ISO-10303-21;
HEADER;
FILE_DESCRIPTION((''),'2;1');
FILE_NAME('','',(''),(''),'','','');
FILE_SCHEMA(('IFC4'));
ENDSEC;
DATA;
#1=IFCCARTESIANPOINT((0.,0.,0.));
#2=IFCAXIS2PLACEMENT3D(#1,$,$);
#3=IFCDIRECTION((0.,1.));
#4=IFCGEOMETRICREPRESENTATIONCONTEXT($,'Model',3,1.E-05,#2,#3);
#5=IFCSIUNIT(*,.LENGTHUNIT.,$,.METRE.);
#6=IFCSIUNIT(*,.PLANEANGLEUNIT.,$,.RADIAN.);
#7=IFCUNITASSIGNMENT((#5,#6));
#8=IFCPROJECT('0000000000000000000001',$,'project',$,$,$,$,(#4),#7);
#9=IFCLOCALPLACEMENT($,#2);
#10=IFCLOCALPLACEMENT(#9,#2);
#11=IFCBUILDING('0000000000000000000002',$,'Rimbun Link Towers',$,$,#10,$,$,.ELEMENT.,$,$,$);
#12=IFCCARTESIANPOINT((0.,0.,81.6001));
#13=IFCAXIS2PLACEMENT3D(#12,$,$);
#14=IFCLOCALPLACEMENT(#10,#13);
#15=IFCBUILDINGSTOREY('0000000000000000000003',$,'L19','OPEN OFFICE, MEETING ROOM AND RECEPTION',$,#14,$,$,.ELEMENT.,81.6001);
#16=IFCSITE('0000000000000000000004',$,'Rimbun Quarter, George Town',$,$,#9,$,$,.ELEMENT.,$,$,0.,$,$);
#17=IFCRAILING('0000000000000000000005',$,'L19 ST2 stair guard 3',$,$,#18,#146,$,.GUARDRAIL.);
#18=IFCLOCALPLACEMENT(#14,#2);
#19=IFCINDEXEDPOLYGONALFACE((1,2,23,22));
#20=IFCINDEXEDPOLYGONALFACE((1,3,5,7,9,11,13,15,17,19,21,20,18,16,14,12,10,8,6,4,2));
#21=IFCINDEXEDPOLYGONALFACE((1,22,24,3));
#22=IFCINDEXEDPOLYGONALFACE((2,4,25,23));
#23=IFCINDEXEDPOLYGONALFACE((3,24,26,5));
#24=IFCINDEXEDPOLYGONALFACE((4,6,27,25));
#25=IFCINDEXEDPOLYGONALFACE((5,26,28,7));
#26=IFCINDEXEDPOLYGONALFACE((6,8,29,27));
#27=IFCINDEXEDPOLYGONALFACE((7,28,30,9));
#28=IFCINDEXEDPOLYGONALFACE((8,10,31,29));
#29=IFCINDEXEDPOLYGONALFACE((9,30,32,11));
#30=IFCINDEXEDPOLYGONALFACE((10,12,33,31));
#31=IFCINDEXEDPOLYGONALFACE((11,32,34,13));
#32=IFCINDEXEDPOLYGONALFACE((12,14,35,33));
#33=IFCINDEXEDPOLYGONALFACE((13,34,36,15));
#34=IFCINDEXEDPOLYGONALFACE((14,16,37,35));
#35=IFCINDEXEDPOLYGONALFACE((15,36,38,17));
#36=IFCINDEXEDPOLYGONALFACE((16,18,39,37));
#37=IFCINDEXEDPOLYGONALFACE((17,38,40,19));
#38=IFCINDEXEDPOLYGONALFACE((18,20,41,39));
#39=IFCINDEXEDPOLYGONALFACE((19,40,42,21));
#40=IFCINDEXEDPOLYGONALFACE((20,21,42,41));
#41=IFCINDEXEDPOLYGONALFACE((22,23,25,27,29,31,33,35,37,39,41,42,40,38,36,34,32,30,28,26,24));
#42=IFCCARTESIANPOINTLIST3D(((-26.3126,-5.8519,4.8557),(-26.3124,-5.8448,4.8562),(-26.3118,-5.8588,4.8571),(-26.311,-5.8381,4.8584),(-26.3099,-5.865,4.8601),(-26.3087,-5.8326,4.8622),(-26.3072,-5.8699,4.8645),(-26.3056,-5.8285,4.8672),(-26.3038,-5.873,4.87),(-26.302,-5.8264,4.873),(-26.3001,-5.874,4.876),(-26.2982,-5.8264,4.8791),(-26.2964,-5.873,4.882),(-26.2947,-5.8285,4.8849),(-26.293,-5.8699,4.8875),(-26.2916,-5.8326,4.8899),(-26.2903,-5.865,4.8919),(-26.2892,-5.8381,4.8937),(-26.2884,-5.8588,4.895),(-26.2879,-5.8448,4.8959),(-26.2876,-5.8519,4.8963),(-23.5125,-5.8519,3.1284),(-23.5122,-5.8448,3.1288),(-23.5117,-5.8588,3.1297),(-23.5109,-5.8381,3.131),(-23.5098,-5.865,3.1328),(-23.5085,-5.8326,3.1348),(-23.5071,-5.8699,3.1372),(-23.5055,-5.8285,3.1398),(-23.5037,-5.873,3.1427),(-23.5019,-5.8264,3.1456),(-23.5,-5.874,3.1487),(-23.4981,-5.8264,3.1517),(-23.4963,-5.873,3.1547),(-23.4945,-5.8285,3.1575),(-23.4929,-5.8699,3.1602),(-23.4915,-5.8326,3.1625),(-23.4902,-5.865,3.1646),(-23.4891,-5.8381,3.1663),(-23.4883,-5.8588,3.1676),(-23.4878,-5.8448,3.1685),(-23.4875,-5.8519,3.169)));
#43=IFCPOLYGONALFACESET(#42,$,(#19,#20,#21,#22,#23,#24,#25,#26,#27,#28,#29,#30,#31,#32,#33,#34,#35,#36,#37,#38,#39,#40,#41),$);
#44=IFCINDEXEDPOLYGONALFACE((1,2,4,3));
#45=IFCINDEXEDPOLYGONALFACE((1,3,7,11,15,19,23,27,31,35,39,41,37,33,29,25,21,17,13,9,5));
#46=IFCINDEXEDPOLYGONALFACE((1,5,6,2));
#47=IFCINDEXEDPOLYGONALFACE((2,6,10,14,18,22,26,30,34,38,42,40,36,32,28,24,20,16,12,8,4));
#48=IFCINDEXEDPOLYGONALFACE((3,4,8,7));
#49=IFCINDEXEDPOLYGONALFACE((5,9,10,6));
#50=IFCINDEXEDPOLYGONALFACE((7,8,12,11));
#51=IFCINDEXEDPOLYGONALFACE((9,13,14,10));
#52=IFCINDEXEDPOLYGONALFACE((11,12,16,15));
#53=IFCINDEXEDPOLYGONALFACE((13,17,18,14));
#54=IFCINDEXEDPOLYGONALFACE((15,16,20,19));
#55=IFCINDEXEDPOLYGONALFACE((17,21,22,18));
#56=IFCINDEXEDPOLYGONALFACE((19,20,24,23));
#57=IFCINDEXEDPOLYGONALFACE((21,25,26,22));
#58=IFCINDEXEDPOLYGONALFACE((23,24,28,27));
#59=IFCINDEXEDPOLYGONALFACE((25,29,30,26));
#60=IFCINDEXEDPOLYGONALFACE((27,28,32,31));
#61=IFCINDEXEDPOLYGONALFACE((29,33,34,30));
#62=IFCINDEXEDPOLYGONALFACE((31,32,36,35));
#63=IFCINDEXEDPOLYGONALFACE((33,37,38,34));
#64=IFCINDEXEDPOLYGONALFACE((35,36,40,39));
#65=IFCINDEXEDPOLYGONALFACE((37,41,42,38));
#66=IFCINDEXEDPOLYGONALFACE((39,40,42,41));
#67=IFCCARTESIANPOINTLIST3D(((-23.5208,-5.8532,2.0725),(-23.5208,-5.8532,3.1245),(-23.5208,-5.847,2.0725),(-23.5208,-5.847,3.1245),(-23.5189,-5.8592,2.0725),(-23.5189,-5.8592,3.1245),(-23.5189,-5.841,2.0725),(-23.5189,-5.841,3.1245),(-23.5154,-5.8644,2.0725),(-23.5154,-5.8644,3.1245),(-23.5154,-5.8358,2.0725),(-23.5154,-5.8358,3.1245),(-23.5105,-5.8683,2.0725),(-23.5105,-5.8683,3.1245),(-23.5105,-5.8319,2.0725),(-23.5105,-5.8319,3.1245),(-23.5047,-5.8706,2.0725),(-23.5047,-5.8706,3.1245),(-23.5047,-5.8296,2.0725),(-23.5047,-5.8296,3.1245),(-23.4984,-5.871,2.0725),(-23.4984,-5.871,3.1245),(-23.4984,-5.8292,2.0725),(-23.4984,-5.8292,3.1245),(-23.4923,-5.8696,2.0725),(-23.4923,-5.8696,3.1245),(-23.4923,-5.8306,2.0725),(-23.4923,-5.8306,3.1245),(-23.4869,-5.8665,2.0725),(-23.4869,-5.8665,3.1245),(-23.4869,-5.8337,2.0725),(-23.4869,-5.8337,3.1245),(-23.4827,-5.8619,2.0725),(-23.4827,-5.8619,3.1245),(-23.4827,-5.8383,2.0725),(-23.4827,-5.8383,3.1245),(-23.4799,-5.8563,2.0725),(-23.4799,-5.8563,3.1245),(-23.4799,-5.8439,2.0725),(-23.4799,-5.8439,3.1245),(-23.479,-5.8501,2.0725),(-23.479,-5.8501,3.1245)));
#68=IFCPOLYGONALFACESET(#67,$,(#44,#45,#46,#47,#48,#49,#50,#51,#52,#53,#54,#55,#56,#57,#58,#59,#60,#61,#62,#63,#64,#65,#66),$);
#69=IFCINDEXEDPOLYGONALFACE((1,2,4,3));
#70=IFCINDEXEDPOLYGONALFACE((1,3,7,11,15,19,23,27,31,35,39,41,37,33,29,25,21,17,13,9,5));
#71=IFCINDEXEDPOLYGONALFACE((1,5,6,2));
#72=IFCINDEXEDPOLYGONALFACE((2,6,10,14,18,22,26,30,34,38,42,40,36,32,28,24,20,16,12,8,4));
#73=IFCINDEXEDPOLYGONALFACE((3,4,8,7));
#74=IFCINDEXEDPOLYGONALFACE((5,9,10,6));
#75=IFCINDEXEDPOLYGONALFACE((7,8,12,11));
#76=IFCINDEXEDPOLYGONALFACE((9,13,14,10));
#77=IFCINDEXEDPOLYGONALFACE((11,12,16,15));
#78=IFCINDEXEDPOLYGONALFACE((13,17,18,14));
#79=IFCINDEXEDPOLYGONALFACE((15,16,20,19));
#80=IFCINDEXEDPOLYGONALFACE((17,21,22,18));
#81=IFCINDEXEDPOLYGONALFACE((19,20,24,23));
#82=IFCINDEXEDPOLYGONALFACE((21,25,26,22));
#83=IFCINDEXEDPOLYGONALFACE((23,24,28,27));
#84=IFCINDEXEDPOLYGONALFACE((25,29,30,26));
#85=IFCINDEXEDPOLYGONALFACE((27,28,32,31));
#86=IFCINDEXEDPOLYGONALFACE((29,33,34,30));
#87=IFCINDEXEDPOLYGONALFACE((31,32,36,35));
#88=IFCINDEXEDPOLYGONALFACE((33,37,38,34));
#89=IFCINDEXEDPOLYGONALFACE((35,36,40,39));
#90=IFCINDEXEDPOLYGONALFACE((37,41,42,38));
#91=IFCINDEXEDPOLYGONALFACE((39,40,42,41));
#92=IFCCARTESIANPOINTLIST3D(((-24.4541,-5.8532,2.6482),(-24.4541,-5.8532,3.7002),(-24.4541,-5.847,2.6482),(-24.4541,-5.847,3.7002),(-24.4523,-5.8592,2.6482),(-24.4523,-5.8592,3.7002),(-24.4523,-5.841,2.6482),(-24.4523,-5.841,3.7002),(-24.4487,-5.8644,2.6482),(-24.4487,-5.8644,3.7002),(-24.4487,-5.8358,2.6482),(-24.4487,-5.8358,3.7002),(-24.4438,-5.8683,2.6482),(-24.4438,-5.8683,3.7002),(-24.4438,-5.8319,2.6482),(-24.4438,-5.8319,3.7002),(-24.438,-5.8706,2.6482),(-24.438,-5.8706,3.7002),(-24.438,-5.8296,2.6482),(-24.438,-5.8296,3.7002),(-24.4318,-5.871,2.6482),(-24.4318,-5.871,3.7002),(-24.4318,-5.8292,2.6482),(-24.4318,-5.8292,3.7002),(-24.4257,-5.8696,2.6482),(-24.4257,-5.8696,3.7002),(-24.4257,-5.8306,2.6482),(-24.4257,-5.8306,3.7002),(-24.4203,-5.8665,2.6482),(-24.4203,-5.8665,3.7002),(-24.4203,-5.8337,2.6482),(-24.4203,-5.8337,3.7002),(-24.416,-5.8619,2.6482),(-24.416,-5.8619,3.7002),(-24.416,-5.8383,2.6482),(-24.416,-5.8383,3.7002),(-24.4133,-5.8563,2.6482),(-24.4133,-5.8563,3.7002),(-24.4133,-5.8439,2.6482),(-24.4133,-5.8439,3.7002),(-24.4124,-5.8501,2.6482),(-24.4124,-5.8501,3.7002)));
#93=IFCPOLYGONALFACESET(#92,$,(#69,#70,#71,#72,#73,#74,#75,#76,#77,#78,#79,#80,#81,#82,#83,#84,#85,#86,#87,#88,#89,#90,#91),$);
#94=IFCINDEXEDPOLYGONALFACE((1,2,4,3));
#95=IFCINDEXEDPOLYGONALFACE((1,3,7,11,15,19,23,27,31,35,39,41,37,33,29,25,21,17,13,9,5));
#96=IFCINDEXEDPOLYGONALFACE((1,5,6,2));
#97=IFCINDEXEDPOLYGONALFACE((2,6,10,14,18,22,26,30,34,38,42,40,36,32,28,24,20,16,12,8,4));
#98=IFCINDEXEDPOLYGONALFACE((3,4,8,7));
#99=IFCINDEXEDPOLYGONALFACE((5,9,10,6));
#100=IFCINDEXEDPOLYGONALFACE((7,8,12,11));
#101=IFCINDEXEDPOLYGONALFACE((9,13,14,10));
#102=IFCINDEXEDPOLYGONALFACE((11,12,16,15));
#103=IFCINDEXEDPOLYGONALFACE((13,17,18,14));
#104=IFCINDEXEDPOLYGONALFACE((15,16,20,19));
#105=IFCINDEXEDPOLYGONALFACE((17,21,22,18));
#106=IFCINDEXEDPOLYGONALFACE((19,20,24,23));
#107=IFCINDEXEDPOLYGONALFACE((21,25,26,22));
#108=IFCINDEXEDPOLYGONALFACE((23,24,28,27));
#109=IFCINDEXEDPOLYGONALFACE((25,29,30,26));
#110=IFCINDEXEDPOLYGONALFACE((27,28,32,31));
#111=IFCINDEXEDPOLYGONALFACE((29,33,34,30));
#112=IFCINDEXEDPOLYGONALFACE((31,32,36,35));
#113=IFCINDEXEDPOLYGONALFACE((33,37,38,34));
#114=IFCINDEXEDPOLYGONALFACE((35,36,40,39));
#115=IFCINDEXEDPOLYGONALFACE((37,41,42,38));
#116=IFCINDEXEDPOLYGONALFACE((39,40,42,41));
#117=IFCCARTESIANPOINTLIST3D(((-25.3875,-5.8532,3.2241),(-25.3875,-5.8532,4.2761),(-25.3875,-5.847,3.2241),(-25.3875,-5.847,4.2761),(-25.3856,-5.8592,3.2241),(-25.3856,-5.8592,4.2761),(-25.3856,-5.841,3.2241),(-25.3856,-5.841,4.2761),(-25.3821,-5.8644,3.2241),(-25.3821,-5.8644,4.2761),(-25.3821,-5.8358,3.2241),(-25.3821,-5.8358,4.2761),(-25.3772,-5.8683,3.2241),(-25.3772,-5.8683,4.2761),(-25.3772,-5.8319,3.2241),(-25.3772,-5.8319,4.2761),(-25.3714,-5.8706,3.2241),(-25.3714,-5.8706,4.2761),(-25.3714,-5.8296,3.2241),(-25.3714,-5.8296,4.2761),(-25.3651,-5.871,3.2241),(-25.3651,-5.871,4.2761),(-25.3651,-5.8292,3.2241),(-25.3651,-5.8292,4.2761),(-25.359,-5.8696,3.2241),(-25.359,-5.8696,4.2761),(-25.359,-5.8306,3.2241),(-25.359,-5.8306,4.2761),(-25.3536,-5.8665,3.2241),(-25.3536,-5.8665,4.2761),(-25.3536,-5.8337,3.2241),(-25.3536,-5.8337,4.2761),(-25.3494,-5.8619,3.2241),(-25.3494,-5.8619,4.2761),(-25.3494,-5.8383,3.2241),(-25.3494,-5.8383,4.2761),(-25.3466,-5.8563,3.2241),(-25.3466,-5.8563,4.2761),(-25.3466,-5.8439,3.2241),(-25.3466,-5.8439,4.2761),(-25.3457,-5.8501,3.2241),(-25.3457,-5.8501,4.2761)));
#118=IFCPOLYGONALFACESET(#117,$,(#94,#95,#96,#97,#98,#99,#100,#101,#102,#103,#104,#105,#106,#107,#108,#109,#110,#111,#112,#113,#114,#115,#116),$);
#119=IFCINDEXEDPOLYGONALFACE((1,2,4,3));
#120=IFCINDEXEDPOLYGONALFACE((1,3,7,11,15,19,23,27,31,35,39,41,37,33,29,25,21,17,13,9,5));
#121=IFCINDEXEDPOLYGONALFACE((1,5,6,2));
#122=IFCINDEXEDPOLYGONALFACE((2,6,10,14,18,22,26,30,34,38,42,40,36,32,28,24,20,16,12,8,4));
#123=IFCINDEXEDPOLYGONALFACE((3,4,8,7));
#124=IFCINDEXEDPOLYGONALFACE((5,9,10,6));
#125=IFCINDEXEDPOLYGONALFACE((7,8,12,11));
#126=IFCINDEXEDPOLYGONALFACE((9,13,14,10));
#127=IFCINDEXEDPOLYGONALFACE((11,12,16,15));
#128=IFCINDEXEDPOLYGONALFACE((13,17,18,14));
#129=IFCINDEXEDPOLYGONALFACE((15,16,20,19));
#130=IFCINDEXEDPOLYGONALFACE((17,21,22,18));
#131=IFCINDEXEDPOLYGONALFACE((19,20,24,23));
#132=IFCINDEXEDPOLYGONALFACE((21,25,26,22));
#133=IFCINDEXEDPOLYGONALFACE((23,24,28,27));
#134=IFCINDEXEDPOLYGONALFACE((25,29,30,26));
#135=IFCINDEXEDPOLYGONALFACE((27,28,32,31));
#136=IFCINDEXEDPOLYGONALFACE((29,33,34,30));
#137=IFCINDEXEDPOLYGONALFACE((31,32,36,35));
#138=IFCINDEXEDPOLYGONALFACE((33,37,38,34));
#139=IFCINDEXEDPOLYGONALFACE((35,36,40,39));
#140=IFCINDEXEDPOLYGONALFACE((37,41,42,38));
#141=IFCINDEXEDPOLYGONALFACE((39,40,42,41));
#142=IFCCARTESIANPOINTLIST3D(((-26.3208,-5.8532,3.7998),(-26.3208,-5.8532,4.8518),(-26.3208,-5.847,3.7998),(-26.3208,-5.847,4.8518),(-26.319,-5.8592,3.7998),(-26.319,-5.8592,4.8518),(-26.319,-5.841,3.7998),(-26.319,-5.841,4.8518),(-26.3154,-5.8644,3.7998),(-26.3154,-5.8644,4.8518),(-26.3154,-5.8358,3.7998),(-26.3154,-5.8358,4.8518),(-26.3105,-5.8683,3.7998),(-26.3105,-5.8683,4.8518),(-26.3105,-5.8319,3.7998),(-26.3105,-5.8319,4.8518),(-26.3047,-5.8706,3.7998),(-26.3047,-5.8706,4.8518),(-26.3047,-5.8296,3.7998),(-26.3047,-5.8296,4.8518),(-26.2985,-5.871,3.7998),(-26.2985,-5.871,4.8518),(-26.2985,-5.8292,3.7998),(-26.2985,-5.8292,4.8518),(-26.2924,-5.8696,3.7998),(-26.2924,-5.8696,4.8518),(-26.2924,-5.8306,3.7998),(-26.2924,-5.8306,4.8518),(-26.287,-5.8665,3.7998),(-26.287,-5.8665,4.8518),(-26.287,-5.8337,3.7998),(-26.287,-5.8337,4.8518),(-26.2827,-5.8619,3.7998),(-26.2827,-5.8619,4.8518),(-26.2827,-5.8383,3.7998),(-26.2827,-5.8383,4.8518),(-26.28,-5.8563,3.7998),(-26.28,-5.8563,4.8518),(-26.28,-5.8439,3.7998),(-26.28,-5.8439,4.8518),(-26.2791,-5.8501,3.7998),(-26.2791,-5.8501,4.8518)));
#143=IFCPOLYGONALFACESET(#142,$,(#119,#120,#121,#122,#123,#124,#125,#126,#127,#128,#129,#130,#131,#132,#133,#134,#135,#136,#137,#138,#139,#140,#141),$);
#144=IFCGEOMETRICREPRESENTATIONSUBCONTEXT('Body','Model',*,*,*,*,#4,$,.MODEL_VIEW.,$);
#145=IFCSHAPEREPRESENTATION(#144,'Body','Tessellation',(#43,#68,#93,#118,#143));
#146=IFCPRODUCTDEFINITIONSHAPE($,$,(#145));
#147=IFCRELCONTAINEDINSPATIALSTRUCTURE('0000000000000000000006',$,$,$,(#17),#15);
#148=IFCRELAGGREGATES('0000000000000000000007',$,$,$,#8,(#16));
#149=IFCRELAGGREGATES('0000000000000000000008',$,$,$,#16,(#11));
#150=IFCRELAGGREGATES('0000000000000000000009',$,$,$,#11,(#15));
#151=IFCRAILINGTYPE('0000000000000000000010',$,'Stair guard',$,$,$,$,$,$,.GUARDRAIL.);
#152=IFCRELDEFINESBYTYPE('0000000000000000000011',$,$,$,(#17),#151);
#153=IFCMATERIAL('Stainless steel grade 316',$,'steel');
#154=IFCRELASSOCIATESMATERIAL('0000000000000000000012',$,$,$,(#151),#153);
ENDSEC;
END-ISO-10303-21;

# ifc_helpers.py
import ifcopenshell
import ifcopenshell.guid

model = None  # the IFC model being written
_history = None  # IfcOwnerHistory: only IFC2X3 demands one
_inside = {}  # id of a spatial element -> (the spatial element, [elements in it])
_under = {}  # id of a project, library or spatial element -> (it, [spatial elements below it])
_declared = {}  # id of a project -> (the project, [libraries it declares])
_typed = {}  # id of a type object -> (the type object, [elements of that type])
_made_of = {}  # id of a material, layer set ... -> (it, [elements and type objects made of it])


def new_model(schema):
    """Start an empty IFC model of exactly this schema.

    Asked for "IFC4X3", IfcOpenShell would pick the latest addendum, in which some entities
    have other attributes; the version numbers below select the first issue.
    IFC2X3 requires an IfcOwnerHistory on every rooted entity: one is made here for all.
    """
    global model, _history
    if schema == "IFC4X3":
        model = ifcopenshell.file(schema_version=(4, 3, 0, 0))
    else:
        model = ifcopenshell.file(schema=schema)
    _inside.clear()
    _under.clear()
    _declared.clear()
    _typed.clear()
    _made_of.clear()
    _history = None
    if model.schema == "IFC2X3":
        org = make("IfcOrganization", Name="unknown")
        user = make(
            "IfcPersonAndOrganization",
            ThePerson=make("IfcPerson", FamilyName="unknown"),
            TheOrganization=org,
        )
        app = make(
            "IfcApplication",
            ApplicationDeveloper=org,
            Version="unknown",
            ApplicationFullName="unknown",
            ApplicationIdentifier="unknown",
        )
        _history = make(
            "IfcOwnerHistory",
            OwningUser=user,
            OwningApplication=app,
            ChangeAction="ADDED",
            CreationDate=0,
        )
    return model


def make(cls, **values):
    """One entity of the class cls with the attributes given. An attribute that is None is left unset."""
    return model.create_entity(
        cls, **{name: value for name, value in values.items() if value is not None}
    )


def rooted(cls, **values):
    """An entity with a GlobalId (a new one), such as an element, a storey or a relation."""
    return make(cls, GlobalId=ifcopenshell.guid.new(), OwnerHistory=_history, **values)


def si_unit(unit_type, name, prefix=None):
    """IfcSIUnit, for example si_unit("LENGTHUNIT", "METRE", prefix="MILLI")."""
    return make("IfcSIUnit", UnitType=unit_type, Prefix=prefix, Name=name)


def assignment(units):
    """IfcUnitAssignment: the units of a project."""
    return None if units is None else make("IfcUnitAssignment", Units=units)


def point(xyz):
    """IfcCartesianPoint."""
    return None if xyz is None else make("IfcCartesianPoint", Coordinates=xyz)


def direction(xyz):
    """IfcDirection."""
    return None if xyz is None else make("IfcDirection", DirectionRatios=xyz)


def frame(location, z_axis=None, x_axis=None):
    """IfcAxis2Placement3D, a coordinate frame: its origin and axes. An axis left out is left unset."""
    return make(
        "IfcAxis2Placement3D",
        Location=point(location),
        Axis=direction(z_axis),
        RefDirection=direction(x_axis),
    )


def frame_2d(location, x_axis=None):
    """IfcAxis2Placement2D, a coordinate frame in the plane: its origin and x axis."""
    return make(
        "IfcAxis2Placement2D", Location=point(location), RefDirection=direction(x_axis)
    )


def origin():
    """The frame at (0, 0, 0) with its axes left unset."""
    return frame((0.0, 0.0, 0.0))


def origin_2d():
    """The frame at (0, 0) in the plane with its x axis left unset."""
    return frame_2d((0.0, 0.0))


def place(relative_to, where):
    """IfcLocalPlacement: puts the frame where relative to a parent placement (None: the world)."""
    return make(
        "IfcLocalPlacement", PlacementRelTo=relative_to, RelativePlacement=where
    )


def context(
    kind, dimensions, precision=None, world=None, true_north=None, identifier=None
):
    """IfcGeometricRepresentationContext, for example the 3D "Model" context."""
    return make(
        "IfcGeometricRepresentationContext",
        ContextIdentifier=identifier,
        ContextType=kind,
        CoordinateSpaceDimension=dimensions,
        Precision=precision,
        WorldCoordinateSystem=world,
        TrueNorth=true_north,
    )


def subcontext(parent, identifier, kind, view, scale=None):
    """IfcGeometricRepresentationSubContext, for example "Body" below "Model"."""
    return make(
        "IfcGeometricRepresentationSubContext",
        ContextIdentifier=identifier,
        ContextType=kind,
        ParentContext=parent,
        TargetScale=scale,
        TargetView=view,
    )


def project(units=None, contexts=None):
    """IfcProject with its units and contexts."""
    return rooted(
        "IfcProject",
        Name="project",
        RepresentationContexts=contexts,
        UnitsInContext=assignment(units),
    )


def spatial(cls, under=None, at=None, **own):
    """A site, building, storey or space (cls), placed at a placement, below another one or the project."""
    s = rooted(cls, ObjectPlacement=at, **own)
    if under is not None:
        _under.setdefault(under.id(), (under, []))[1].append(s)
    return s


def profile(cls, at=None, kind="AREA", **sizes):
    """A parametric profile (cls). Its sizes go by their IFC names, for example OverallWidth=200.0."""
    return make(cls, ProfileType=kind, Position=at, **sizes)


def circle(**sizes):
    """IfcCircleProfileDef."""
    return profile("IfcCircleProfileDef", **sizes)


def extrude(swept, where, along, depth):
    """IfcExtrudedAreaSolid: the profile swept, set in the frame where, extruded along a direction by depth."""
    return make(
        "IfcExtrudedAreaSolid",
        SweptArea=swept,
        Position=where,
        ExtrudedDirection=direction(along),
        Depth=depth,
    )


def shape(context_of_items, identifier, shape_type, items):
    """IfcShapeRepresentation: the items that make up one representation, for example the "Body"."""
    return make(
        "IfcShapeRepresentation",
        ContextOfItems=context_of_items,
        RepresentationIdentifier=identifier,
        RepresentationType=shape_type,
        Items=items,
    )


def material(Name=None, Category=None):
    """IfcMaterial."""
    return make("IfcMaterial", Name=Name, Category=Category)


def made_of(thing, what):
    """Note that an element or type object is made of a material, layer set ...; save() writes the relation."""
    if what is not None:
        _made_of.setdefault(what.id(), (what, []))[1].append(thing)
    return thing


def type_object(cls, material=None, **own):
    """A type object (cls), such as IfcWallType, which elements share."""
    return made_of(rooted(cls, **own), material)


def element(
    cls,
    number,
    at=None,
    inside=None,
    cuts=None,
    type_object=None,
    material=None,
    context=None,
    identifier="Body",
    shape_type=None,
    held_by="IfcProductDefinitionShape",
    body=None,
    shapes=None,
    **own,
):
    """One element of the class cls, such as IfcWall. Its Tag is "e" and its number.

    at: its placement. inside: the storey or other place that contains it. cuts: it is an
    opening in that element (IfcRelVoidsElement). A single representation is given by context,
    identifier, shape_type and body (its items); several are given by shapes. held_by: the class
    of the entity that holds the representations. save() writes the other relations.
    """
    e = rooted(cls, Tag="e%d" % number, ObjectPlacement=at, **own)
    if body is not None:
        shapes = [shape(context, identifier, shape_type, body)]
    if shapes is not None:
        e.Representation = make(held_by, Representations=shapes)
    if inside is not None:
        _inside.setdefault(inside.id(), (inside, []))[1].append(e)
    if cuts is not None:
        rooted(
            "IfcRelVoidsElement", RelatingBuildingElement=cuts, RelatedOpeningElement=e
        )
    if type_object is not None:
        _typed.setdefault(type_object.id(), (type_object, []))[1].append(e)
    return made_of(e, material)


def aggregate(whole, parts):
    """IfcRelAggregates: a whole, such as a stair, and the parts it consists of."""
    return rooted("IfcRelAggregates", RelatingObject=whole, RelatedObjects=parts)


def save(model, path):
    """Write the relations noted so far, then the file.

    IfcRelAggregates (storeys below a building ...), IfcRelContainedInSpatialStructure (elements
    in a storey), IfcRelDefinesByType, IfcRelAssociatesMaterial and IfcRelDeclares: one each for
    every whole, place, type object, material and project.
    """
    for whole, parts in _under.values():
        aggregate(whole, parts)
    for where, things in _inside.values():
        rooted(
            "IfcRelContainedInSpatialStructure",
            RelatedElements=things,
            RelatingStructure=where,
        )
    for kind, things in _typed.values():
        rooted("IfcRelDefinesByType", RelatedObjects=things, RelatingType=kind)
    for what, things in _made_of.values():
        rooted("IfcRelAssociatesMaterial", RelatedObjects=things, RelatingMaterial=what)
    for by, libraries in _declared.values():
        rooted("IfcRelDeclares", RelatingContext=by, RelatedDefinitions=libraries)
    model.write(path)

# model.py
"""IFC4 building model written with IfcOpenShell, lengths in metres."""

from ifc_helpers import new_model, si_unit, direction, frame, origin, origin_2d, place, context, subcontext, project, spatial, circle, extrude, material, type_object, element, save


model = new_model("IFC4")

# Units and contexts
model_context = context("Model", 3, precision=1e-05, world=origin(), true_north=direction((0.0, 1.0)))
body_context = subcontext(model_context, "Body", "Model", "MODEL_VIEW")
ifc_project = project(units=[si_unit("LENGTHUNIT", "METRE"), si_unit("PLANEANGLEUNIT", "RADIAN")], contexts=[model_context])

# Site, building, storey
site_placement = place(None, origin())
site = spatial("IfcSite", under=ifc_project, at=site_placement, Name="Rimbun Quarter, George Town", CompositionType="ELEMENT", RefElevation=0.0)
building_placement = place(site_placement, origin())
building = spatial("IfcBuilding", under=site, at=building_placement, Name="Rimbun Link Towers", CompositionType="ELEMENT")
storey_placement = place(building_placement, frame((0.0, 0.0, 81.6001)))
storey = spatial("IfcBuildingStorey", under=building, at=storey_placement, Name="L19", Description="OPEN OFFICE, MEETING ROOM AND RECEPTION", CompositionType="ELEMENT", Elevation=81.6001)

# Railing
ifc_material_1 = material(Name="Stainless steel grade 316", Category="steel")
railing_type_1 = type_object("IfcRailingType", Name="Stair guard", PredefinedType="GUARDRAIL", material=ifc_material_1)
railing_1_placement = place(storey_placement, frame((-23.5, -5.8501, 2.0725)))
element("IfcRailing", 1, at=railing_1_placement, inside=storey, type_object=railing_type_1, Name="L19 ST2 stair guard 3", PredefinedType="GUARDRAIL", context=body_context, shape_type="SweptSolid", body=[
    extrude(circle(Radius=0.0239, at=origin_2d()), frame((0.0, 0.0, 1.0762), z_axis=(-0.85109, 0.0, 0.52502), x_axis=(0.0, -1.0, 0.0)), (0.0, 0.0, 1.0), 3.29),
    extrude(circle(Radius=0.021, at=origin_2d()), origin(), (0.0, 0.0, 1.0), 1.052),
    extrude(circle(Radius=0.021, at=origin_2d()), frame((-0.9333, 0.0, 0.5757)), (0.0, 0.0, 1.0), 1.052),
    extrude(circle(Radius=0.021, at=origin_2d()), frame((-1.8667, 0.0, 1.1516)), (0.0, 0.0, 1.0), 1.052),
    extrude(circle(Radius=0.021, at=origin_2d()), frame((-2.8, 0.0, 1.7273)), (0.0, 0.0, 1.0), 1.052),
])

save(model, "model.ifc")
